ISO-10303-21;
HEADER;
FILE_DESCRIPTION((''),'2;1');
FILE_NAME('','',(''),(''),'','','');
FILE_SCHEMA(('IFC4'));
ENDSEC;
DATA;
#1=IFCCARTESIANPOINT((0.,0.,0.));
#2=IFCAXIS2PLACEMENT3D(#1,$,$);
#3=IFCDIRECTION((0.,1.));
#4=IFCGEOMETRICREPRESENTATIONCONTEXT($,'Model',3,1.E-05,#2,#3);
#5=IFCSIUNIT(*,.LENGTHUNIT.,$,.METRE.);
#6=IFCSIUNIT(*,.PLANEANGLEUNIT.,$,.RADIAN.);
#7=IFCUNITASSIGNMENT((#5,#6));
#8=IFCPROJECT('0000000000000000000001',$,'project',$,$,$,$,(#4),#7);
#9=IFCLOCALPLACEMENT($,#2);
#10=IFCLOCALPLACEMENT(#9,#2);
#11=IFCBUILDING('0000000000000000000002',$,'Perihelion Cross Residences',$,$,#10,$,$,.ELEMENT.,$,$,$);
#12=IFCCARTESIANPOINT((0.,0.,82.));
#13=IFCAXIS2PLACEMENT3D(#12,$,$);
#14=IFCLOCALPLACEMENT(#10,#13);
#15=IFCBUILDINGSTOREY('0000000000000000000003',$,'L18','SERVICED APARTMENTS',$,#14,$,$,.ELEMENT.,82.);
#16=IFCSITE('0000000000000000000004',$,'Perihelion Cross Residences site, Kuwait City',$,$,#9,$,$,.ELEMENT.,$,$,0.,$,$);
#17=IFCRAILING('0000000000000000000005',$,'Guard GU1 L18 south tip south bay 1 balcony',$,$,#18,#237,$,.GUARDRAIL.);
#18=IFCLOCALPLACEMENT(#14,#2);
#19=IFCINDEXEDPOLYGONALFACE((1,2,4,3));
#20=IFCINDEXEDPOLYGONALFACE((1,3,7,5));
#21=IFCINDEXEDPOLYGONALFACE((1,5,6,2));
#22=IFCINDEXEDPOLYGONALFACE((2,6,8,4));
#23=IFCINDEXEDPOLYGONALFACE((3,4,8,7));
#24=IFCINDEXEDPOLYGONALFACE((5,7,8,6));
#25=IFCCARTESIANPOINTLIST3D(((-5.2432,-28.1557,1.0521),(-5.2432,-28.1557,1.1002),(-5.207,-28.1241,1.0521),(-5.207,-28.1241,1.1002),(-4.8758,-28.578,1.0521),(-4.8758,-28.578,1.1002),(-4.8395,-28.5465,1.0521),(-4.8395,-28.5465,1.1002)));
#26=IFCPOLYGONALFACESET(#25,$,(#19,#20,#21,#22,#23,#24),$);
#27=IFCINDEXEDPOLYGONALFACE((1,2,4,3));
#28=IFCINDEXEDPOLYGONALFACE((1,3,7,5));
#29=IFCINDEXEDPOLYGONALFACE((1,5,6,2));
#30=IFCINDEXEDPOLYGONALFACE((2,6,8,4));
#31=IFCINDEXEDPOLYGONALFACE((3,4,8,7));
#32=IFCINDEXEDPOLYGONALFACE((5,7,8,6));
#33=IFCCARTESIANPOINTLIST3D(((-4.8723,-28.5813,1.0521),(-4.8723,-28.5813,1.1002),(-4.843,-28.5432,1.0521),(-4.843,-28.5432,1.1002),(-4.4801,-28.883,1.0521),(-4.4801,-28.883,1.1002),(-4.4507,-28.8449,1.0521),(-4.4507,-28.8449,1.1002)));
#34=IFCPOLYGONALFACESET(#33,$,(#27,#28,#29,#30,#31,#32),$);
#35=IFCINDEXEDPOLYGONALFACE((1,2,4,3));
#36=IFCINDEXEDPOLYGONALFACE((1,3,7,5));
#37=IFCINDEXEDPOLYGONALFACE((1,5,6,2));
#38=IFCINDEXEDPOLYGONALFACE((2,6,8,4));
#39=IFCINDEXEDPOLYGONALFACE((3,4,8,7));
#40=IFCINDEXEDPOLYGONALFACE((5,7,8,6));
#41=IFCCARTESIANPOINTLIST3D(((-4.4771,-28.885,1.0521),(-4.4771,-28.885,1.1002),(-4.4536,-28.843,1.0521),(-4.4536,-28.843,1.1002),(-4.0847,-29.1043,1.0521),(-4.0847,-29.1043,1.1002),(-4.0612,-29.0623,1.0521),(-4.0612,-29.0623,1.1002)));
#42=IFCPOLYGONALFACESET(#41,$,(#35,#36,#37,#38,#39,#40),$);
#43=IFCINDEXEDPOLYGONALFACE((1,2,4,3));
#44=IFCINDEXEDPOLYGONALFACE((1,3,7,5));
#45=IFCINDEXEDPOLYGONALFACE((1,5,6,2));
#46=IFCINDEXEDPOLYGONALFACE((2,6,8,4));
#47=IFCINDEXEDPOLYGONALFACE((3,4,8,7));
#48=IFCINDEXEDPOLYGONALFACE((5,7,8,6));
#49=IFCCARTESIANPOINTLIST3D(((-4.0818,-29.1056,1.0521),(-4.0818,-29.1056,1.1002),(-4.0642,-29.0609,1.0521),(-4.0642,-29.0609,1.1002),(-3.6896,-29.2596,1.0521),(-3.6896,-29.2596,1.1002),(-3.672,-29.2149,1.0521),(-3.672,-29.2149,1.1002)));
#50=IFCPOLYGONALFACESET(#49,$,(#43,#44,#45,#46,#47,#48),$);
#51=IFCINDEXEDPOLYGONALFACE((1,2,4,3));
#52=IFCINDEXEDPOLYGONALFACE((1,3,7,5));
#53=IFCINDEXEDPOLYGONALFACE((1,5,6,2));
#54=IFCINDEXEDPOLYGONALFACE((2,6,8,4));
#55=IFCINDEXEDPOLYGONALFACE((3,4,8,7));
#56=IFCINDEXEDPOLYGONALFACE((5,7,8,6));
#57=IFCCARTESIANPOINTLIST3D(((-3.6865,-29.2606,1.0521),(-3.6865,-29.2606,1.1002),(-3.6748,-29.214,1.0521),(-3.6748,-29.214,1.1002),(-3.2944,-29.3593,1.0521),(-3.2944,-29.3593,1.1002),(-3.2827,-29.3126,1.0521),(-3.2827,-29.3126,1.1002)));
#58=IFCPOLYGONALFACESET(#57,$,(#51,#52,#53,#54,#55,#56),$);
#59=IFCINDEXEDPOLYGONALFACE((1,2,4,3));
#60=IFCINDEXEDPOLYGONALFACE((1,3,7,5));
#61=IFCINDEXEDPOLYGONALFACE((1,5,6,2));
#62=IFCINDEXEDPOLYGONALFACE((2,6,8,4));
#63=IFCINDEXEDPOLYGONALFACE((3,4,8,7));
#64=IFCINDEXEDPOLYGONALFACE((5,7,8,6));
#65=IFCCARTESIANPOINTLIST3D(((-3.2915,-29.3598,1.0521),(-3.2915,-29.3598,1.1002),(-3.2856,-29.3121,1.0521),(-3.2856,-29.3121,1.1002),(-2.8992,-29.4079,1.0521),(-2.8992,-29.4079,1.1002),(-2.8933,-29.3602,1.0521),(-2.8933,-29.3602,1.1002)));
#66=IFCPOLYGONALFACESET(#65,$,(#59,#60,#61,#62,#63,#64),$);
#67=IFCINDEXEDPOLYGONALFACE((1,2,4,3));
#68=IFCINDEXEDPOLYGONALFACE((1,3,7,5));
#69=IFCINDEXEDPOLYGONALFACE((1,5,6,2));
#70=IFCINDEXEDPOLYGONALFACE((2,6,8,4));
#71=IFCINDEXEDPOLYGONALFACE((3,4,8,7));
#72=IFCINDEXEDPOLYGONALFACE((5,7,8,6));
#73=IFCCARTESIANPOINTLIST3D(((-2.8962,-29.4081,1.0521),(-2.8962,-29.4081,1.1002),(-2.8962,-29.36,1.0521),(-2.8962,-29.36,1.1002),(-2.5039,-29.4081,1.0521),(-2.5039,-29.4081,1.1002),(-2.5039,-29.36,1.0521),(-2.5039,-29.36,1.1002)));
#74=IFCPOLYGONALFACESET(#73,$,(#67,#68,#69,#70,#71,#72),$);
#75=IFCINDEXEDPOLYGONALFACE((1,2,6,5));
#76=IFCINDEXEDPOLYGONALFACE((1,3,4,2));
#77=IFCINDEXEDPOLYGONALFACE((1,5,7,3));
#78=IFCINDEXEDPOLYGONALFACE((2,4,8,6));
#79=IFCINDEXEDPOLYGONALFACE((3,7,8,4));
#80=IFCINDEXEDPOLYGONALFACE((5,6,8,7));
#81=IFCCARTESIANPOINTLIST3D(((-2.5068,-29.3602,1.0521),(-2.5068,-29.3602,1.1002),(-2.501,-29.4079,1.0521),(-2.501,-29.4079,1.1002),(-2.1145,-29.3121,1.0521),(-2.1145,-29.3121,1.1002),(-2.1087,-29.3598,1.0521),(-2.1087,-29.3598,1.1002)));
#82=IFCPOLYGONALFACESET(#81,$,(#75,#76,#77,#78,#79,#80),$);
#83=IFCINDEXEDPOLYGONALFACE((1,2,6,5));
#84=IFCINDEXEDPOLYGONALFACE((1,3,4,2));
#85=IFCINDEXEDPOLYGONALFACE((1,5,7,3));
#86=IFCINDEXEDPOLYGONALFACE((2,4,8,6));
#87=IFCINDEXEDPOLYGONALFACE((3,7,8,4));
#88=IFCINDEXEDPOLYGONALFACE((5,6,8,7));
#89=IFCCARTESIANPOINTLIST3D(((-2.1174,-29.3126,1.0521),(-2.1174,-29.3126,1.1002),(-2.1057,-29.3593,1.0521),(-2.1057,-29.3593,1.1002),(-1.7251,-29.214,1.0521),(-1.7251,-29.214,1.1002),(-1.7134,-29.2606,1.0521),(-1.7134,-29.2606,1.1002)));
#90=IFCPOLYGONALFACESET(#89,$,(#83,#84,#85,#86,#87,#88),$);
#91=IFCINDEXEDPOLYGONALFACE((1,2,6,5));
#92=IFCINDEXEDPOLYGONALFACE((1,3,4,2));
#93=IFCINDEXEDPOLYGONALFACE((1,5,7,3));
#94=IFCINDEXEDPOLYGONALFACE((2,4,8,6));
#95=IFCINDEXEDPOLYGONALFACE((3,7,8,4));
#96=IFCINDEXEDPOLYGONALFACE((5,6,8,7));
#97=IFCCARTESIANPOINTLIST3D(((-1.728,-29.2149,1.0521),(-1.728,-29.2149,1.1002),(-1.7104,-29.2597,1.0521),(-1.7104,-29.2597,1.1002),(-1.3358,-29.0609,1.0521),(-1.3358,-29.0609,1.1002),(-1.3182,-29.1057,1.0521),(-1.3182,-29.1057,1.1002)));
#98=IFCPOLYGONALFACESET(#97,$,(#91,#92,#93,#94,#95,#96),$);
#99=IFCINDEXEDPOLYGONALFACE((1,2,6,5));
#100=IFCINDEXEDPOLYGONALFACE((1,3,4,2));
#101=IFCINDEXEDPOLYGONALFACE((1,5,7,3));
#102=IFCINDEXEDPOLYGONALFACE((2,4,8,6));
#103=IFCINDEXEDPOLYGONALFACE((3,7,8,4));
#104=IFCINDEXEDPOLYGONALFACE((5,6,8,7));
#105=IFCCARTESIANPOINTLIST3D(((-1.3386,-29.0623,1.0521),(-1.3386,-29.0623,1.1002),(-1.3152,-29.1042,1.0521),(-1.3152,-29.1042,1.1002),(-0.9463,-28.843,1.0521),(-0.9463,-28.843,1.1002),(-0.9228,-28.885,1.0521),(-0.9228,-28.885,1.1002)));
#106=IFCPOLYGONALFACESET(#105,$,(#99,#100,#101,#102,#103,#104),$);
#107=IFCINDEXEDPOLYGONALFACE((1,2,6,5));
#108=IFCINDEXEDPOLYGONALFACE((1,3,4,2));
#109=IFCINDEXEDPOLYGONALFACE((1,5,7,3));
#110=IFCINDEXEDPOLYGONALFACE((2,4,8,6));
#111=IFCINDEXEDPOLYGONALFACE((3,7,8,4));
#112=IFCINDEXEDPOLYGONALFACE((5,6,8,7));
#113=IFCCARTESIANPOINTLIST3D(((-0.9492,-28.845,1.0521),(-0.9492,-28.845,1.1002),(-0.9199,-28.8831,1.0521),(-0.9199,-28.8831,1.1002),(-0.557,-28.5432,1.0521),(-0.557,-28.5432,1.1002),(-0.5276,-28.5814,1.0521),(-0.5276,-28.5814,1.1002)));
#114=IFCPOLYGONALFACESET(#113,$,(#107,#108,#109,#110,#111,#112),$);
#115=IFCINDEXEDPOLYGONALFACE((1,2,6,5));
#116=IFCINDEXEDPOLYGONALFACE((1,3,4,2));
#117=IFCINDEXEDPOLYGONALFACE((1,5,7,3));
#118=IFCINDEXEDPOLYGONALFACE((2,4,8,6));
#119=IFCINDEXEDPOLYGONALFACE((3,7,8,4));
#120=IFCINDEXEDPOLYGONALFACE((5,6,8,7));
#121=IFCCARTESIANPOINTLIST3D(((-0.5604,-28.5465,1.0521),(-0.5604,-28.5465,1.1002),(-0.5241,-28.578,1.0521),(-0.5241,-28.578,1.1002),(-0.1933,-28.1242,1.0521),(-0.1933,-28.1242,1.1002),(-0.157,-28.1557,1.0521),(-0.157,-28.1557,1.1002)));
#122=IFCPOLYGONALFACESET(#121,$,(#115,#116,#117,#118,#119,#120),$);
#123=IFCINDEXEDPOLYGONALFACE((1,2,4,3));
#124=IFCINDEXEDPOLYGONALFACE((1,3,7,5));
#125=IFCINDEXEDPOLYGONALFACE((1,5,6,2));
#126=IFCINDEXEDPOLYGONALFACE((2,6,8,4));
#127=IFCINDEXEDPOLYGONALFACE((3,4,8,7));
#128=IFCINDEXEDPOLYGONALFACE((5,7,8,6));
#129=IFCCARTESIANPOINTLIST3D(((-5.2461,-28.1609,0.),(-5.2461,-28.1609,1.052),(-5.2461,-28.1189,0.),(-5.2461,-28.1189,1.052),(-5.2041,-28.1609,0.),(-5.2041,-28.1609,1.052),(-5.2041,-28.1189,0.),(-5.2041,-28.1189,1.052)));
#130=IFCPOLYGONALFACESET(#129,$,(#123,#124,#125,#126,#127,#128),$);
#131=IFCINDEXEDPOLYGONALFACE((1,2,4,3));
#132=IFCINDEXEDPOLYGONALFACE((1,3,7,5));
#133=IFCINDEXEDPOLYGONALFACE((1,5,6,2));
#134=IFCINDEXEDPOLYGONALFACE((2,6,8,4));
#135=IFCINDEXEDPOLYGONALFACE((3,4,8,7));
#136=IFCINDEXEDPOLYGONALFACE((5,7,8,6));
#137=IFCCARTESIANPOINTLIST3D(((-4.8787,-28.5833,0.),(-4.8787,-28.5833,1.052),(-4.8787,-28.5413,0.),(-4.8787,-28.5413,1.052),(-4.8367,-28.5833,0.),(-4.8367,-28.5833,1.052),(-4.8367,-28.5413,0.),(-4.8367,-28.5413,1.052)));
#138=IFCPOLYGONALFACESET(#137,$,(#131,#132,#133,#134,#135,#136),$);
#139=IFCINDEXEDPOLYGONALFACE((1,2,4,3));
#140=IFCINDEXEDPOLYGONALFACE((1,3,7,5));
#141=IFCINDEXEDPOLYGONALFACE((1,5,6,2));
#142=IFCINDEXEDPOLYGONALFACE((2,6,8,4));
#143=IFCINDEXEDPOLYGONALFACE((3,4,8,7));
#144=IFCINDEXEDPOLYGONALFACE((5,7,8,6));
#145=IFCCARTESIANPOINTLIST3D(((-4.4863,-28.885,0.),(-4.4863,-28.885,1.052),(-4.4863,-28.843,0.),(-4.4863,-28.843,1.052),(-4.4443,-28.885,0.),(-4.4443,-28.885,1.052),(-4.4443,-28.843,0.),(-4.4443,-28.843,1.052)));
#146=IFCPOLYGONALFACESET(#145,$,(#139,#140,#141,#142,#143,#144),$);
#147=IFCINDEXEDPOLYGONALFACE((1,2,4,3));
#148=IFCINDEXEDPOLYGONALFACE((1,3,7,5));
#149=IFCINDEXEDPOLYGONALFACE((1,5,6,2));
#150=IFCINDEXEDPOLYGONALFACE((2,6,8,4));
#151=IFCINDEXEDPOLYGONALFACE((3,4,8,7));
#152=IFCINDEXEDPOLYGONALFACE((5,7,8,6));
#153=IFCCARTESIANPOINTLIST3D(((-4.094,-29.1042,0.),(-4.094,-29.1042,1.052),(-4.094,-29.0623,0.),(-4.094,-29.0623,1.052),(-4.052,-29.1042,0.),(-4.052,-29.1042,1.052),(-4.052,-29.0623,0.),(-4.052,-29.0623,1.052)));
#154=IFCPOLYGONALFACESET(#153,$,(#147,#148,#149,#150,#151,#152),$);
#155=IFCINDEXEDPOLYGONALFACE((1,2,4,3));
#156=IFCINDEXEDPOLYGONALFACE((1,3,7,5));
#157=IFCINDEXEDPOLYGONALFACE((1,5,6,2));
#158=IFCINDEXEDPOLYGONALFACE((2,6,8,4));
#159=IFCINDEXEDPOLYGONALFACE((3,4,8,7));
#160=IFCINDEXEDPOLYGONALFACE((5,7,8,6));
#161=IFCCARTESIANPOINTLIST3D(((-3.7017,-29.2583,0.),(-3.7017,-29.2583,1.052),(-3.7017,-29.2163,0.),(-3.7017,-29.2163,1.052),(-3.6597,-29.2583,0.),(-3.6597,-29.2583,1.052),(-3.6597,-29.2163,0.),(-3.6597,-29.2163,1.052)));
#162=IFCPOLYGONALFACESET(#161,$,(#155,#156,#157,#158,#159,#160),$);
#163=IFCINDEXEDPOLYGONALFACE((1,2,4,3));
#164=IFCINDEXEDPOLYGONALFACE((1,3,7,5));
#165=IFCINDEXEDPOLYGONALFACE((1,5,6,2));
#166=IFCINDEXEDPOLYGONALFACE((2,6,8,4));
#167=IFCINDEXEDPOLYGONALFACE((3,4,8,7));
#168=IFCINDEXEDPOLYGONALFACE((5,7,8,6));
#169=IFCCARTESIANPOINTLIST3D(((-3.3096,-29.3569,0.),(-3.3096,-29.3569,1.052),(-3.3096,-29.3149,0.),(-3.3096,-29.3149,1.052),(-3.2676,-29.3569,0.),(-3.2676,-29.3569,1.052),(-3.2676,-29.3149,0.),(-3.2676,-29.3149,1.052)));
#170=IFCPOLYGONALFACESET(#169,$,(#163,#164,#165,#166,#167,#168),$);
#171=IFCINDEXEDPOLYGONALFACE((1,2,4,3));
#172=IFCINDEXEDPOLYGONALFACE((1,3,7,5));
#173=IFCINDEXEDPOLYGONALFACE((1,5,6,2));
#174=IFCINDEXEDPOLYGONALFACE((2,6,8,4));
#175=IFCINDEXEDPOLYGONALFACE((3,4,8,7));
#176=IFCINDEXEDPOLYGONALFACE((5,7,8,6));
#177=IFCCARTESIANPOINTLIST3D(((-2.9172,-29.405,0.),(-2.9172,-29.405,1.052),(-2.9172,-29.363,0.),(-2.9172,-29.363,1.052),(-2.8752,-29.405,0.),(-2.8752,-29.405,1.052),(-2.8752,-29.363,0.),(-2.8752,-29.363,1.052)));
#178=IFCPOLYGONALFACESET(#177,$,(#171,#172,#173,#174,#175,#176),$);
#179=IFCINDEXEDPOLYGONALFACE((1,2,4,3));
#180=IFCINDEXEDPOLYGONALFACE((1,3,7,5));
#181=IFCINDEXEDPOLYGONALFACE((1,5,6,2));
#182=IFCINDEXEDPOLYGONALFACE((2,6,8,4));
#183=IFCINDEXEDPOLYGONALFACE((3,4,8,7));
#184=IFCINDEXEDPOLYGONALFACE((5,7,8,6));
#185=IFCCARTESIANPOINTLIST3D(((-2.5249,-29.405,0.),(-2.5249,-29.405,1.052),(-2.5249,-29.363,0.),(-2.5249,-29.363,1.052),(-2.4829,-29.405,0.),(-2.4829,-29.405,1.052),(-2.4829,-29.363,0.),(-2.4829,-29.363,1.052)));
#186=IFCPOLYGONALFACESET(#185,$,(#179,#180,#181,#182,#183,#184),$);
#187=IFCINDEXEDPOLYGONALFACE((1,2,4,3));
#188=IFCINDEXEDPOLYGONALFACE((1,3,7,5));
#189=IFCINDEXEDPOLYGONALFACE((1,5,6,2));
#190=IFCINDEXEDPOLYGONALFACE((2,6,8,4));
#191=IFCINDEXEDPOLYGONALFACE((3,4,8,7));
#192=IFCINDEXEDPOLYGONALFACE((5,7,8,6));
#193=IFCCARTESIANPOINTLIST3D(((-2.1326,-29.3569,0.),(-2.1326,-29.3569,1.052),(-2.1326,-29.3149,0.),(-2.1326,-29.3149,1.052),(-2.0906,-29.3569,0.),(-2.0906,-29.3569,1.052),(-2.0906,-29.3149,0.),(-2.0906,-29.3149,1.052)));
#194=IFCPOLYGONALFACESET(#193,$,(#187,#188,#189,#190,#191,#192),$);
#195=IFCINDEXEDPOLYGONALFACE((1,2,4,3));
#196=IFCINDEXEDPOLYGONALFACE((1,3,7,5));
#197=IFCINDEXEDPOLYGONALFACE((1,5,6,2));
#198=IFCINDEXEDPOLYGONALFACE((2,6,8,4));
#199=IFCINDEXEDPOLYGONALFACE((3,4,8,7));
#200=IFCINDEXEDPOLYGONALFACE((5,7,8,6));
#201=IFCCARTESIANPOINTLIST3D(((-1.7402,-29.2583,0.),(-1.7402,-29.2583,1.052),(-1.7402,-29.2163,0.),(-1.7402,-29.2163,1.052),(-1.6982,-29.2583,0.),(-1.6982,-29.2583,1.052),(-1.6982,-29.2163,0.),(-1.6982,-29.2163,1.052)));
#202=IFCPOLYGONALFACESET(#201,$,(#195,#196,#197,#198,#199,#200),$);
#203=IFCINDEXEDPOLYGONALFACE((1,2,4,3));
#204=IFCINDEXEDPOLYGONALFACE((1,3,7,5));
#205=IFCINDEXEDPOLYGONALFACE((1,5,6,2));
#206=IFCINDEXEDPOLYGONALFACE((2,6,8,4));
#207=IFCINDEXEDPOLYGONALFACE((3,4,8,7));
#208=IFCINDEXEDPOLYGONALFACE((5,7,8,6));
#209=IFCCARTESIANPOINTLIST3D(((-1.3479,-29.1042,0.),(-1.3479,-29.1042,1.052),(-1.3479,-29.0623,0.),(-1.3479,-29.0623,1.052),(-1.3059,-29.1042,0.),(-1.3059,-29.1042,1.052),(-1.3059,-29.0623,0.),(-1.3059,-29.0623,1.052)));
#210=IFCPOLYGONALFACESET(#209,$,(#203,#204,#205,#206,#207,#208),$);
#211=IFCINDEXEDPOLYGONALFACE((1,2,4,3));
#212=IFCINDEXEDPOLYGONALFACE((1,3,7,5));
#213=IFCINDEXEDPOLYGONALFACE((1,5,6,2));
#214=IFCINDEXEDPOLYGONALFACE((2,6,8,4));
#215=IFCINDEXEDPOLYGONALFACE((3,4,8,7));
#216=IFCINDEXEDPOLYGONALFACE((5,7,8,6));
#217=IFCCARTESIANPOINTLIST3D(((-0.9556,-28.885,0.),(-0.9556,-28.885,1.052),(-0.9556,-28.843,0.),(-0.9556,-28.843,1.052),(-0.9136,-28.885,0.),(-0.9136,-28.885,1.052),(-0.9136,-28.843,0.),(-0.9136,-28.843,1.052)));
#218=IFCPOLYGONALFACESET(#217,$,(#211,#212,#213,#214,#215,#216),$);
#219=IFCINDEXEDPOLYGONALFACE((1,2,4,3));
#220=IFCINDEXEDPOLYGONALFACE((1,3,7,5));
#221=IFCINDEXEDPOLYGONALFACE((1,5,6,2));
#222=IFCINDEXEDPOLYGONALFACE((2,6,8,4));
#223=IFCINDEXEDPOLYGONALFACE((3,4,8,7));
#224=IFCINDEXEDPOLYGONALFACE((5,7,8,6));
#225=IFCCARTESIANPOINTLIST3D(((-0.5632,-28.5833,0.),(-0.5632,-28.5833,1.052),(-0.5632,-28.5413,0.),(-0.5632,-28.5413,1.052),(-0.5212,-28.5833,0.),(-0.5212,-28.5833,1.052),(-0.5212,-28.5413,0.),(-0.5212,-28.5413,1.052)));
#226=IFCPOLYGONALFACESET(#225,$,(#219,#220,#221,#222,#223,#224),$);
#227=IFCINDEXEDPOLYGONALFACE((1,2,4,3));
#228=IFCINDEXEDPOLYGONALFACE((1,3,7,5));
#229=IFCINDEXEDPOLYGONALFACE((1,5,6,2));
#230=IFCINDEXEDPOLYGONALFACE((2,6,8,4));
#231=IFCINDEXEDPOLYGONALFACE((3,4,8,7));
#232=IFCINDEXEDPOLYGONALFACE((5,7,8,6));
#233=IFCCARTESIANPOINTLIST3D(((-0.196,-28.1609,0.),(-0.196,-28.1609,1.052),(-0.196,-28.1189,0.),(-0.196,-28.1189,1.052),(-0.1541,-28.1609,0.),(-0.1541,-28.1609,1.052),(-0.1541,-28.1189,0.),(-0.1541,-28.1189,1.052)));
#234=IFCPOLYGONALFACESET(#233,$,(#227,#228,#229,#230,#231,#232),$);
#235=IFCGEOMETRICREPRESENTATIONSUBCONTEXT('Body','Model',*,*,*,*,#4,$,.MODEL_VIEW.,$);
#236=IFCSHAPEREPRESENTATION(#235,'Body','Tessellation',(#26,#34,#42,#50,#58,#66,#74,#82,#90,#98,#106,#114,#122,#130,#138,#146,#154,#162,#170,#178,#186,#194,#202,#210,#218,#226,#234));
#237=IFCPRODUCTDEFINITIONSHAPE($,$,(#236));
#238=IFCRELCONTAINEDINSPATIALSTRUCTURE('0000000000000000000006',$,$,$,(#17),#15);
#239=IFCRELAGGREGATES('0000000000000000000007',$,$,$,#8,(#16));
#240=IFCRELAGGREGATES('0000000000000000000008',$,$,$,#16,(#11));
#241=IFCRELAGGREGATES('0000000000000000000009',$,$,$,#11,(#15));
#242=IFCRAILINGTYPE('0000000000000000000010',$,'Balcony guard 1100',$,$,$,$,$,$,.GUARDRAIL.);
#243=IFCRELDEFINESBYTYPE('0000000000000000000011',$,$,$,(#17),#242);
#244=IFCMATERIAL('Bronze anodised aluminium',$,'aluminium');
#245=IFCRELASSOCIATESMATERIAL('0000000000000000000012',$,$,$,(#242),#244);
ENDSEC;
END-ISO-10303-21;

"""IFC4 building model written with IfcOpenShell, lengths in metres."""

from ifc_helpers import new_model, si_unit, direction, frame, origin, origin_2d, place, context, subcontext, project, spatial, rectangle, extrude, material, type_object, element, save


model = new_model("IFC4")

# Units and contexts
model_context = context("Model", 3, precision=1e-05, world=origin(), true_north=direction((0.0, 1.0)))
body_context = subcontext(model_context, "Body", "Model", "MODEL_VIEW")
ifc_project = project(units=[si_unit("LENGTHUNIT", "METRE"), si_unit("PLANEANGLEUNIT", "RADIAN")], contexts=[model_context])

# Site, building, storey
site_placement = place(None, origin())
site = spatial("IfcSite", under=ifc_project, at=site_placement, Name="Perihelion Cross Residences site, Kuwait City", CompositionType="ELEMENT", RefElevation=0.0)
building_placement = place(site_placement, origin())
building = spatial("IfcBuilding", under=site, at=building_placement, Name="Perihelion Cross Residences", CompositionType="ELEMENT")
storey_placement = place(building_placement, frame((0.0, 0.0, 82.0)))
storey = spatial("IfcBuildingStorey", under=building, at=storey_placement, Name="L18", Description="SERVICED APARTMENTS", CompositionType="ELEMENT", Elevation=82.0)

# Railing
ifc_material_1 = material(Name="Bronze anodised aluminium", Category="aluminium")
railing_type = type_object("IfcRailingType", Name="Balcony guard 1100", PredefinedType="GUARDRAIL", material=ifc_material_1)
railing_placement = place(storey_placement, frame((-5.2251, -28.1399, 0.0)))
element("IfcRailing", 1, at=railing_placement, inside=storey, type_object=railing_type, Name="Guard GU1 L18 south tip south bay 1 balcony", PredefinedType="GUARDRAIL", context=body_context, shape_type="SweptSolid", body=[
    extrude(rectangle(XDim=0.0481, YDim=0.0481, at=origin_2d()), frame((0.0, 0.0, 1.0762), z_axis=(0.656341, -0.754465, 0.0), x_axis=(0.754465, 0.656341, 0.0)), (0.0, 0.0, 1.0), 0.5598),
    extrude(rectangle(XDim=0.0481, YDim=0.0481, at=origin_2d()), frame((0.3674, -0.4224, 1.0762), z_axis=(0.792661, -0.609663, 0.0), x_axis=(0.609663, 0.792661, 0.0)), (0.0, 0.0, 1.0), 0.4949),
    extrude(rectangle(XDim=0.0481, YDim=0.0481, at=origin_2d()), frame((0.7598, -0.7241, 1.0762), z_axis=(0.87295, -0.487809, 0.0), x_axis=(0.487809, 0.87295, 0.0)), (0.0, 0.0, 1.0), 0.4495),
    extrude(rectangle(XDim=0.0481, YDim=0.0481, at=origin_2d()), frame((1.1521, -0.9434, 1.0762), z_axis=(0.930815, -0.365491, 0.0), x_axis=(0.365491, 0.930815, 0.0)), (0.0, 0.0, 1.0), 0.4214),
    extrude(rectangle(XDim=0.0481, YDim=0.0481, at=origin_2d()), frame((1.5444, -1.0974, 1.0762), z_axis=(0.969786, -0.243956, 0.0), x_axis=(0.243956, 0.969786, 0.0)), (0.0, 0.0, 1.0), 0.4043),
    extrude(rectangle(XDim=0.0481, YDim=0.0481, at=origin_2d()), frame((1.9365, -1.196, 1.0762), z_axis=(0.99257, -0.121678, 0.0), x_axis=(0.121678, 0.99257, 0.0)), (0.0, 0.0, 1.0), 0.3953),
    extrude(rectangle(XDim=0.0481, YDim=0.0481, at=origin_2d()), frame((2.3289, -1.2441, 1.0762), z_axis=(1.0, 0.0, 0.0), x_axis=(0.0, 1.0, 0.0)), (0.0, 0.0, 1.0), 0.3923),
    extrude(rectangle(XDim=0.0481, YDim=0.0481, at=origin_2d()), frame((2.7212, -1.2441, 1.0762), z_axis=(0.99257, 0.121678, 0.0), x_axis=(-0.121678, 0.99257, 0.0)), (0.0, 0.0, 1.0), 0.3953),
    extrude(rectangle(XDim=0.0481, YDim=0.0481, at=origin_2d()), frame((3.1135, -1.196, 1.0762), z_axis=(0.969822, 0.243813, 0.0), x_axis=(-0.243813, 0.969822, 0.0)), (0.0, 0.0, 1.0), 0.4045),
    extrude(rectangle(XDim=0.0481, YDim=0.0481, at=origin_2d()), frame((3.5059, -1.0974, 1.0762), z_axis=(0.930815, 0.365491, 0.0), x_axis=(-0.365491, 0.930815, 0.0)), (0.0, 0.0, 1.0), 0.4214),
    extrude(rectangle(XDim=0.0481, YDim=0.0481, at=origin_2d()), frame((3.8982, -0.9434, 1.0762), z_axis=(0.87295, 0.487809, 0.0), x_axis=(-0.487809, 0.87295, 0.0)), (0.0, 0.0, 1.0), 0.4495),
    extrude(rectangle(XDim=0.0481, YDim=0.0481, at=origin_2d()), frame((4.2905, -0.7241, 1.0762), z_axis=(0.792661, 0.609663, 0.0), x_axis=(-0.609663, 0.792661, 0.0)), (0.0, 0.0, 1.0), 0.4949),
    extrude(rectangle(XDim=0.0481, YDim=0.0481, at=origin_2d()), frame((4.6829, -0.4224, 1.0762), z_axis=(0.656092, 0.754681, 0.0), x_axis=(-0.754681, 0.656092, 0.0)), (0.0, 0.0, 1.0), 0.5596),
    extrude(rectangle(XDim=0.042, YDim=0.042, at=origin_2d()), origin(), (0.0, 0.0, 1.0), 1.052),
    extrude(rectangle(XDim=0.042, YDim=0.042, at=origin_2d()), frame((0.3674, -0.4224, 0.0)), (0.0, 0.0, 1.0), 1.052),
    extrude(rectangle(XDim=0.042, YDim=0.042, at=origin_2d()), frame((0.7598, -0.7241, 0.0)), (0.0, 0.0, 1.0), 1.052),
    extrude(rectangle(XDim=0.042, YDim=0.042, at=origin_2d()), frame((1.1521, -0.9434, 0.0)), (0.0, 0.0, 1.0), 1.052),
    extrude(rectangle(XDim=0.042, YDim=0.042, at=origin_2d()), frame((1.5444, -1.0974, 0.0)), (0.0, 0.0, 1.0), 1.052),
    extrude(rectangle(XDim=0.042, YDim=0.042, at=origin_2d()), frame((1.9365, -1.196, 0.0)), (0.0, 0.0, 1.0), 1.052),
    extrude(rectangle(XDim=0.042, YDim=0.042, at=origin_2d()), frame((2.3289, -1.2441, 0.0)), (0.0, 0.0, 1.0), 1.052),
    extrude(rectangle(XDim=0.042, YDim=0.042, at=origin_2d()), frame((2.7212, -1.2441, 0.0)), (0.0, 0.0, 1.0), 1.052),
    extrude(rectangle(XDim=0.042, YDim=0.042, at=origin_2d()), frame((3.1135, -1.196, 0.0)), (0.0, 0.0, 1.0), 1.052),
    extrude(rectangle(XDim=0.042, YDim=0.042, at=origin_2d()), frame((3.5059, -1.0974, 0.0)), (0.0, 0.0, 1.0), 1.052),
    extrude(rectangle(XDim=0.042, YDim=0.042, at=origin_2d()), frame((3.8982, -0.9434, 0.0)), (0.0, 0.0, 1.0), 1.052),
    extrude(rectangle(XDim=0.042, YDim=0.042, at=origin_2d()), frame((4.2905, -0.7241, 0.0)), (0.0, 0.0, 1.0), 1.052),
    extrude(rectangle(XDim=0.042, YDim=0.042, at=origin_2d()), frame((4.6829, -0.4224, 0.0)), (0.0, 0.0, 1.0), 1.052),
    extrude(rectangle(XDim=0.042, YDim=0.042, at=origin_2d()), frame((5.05, 0.0, 0.0)), (0.0, 0.0, 1.0), 1.052),
])

save(model, "model.ifc")
